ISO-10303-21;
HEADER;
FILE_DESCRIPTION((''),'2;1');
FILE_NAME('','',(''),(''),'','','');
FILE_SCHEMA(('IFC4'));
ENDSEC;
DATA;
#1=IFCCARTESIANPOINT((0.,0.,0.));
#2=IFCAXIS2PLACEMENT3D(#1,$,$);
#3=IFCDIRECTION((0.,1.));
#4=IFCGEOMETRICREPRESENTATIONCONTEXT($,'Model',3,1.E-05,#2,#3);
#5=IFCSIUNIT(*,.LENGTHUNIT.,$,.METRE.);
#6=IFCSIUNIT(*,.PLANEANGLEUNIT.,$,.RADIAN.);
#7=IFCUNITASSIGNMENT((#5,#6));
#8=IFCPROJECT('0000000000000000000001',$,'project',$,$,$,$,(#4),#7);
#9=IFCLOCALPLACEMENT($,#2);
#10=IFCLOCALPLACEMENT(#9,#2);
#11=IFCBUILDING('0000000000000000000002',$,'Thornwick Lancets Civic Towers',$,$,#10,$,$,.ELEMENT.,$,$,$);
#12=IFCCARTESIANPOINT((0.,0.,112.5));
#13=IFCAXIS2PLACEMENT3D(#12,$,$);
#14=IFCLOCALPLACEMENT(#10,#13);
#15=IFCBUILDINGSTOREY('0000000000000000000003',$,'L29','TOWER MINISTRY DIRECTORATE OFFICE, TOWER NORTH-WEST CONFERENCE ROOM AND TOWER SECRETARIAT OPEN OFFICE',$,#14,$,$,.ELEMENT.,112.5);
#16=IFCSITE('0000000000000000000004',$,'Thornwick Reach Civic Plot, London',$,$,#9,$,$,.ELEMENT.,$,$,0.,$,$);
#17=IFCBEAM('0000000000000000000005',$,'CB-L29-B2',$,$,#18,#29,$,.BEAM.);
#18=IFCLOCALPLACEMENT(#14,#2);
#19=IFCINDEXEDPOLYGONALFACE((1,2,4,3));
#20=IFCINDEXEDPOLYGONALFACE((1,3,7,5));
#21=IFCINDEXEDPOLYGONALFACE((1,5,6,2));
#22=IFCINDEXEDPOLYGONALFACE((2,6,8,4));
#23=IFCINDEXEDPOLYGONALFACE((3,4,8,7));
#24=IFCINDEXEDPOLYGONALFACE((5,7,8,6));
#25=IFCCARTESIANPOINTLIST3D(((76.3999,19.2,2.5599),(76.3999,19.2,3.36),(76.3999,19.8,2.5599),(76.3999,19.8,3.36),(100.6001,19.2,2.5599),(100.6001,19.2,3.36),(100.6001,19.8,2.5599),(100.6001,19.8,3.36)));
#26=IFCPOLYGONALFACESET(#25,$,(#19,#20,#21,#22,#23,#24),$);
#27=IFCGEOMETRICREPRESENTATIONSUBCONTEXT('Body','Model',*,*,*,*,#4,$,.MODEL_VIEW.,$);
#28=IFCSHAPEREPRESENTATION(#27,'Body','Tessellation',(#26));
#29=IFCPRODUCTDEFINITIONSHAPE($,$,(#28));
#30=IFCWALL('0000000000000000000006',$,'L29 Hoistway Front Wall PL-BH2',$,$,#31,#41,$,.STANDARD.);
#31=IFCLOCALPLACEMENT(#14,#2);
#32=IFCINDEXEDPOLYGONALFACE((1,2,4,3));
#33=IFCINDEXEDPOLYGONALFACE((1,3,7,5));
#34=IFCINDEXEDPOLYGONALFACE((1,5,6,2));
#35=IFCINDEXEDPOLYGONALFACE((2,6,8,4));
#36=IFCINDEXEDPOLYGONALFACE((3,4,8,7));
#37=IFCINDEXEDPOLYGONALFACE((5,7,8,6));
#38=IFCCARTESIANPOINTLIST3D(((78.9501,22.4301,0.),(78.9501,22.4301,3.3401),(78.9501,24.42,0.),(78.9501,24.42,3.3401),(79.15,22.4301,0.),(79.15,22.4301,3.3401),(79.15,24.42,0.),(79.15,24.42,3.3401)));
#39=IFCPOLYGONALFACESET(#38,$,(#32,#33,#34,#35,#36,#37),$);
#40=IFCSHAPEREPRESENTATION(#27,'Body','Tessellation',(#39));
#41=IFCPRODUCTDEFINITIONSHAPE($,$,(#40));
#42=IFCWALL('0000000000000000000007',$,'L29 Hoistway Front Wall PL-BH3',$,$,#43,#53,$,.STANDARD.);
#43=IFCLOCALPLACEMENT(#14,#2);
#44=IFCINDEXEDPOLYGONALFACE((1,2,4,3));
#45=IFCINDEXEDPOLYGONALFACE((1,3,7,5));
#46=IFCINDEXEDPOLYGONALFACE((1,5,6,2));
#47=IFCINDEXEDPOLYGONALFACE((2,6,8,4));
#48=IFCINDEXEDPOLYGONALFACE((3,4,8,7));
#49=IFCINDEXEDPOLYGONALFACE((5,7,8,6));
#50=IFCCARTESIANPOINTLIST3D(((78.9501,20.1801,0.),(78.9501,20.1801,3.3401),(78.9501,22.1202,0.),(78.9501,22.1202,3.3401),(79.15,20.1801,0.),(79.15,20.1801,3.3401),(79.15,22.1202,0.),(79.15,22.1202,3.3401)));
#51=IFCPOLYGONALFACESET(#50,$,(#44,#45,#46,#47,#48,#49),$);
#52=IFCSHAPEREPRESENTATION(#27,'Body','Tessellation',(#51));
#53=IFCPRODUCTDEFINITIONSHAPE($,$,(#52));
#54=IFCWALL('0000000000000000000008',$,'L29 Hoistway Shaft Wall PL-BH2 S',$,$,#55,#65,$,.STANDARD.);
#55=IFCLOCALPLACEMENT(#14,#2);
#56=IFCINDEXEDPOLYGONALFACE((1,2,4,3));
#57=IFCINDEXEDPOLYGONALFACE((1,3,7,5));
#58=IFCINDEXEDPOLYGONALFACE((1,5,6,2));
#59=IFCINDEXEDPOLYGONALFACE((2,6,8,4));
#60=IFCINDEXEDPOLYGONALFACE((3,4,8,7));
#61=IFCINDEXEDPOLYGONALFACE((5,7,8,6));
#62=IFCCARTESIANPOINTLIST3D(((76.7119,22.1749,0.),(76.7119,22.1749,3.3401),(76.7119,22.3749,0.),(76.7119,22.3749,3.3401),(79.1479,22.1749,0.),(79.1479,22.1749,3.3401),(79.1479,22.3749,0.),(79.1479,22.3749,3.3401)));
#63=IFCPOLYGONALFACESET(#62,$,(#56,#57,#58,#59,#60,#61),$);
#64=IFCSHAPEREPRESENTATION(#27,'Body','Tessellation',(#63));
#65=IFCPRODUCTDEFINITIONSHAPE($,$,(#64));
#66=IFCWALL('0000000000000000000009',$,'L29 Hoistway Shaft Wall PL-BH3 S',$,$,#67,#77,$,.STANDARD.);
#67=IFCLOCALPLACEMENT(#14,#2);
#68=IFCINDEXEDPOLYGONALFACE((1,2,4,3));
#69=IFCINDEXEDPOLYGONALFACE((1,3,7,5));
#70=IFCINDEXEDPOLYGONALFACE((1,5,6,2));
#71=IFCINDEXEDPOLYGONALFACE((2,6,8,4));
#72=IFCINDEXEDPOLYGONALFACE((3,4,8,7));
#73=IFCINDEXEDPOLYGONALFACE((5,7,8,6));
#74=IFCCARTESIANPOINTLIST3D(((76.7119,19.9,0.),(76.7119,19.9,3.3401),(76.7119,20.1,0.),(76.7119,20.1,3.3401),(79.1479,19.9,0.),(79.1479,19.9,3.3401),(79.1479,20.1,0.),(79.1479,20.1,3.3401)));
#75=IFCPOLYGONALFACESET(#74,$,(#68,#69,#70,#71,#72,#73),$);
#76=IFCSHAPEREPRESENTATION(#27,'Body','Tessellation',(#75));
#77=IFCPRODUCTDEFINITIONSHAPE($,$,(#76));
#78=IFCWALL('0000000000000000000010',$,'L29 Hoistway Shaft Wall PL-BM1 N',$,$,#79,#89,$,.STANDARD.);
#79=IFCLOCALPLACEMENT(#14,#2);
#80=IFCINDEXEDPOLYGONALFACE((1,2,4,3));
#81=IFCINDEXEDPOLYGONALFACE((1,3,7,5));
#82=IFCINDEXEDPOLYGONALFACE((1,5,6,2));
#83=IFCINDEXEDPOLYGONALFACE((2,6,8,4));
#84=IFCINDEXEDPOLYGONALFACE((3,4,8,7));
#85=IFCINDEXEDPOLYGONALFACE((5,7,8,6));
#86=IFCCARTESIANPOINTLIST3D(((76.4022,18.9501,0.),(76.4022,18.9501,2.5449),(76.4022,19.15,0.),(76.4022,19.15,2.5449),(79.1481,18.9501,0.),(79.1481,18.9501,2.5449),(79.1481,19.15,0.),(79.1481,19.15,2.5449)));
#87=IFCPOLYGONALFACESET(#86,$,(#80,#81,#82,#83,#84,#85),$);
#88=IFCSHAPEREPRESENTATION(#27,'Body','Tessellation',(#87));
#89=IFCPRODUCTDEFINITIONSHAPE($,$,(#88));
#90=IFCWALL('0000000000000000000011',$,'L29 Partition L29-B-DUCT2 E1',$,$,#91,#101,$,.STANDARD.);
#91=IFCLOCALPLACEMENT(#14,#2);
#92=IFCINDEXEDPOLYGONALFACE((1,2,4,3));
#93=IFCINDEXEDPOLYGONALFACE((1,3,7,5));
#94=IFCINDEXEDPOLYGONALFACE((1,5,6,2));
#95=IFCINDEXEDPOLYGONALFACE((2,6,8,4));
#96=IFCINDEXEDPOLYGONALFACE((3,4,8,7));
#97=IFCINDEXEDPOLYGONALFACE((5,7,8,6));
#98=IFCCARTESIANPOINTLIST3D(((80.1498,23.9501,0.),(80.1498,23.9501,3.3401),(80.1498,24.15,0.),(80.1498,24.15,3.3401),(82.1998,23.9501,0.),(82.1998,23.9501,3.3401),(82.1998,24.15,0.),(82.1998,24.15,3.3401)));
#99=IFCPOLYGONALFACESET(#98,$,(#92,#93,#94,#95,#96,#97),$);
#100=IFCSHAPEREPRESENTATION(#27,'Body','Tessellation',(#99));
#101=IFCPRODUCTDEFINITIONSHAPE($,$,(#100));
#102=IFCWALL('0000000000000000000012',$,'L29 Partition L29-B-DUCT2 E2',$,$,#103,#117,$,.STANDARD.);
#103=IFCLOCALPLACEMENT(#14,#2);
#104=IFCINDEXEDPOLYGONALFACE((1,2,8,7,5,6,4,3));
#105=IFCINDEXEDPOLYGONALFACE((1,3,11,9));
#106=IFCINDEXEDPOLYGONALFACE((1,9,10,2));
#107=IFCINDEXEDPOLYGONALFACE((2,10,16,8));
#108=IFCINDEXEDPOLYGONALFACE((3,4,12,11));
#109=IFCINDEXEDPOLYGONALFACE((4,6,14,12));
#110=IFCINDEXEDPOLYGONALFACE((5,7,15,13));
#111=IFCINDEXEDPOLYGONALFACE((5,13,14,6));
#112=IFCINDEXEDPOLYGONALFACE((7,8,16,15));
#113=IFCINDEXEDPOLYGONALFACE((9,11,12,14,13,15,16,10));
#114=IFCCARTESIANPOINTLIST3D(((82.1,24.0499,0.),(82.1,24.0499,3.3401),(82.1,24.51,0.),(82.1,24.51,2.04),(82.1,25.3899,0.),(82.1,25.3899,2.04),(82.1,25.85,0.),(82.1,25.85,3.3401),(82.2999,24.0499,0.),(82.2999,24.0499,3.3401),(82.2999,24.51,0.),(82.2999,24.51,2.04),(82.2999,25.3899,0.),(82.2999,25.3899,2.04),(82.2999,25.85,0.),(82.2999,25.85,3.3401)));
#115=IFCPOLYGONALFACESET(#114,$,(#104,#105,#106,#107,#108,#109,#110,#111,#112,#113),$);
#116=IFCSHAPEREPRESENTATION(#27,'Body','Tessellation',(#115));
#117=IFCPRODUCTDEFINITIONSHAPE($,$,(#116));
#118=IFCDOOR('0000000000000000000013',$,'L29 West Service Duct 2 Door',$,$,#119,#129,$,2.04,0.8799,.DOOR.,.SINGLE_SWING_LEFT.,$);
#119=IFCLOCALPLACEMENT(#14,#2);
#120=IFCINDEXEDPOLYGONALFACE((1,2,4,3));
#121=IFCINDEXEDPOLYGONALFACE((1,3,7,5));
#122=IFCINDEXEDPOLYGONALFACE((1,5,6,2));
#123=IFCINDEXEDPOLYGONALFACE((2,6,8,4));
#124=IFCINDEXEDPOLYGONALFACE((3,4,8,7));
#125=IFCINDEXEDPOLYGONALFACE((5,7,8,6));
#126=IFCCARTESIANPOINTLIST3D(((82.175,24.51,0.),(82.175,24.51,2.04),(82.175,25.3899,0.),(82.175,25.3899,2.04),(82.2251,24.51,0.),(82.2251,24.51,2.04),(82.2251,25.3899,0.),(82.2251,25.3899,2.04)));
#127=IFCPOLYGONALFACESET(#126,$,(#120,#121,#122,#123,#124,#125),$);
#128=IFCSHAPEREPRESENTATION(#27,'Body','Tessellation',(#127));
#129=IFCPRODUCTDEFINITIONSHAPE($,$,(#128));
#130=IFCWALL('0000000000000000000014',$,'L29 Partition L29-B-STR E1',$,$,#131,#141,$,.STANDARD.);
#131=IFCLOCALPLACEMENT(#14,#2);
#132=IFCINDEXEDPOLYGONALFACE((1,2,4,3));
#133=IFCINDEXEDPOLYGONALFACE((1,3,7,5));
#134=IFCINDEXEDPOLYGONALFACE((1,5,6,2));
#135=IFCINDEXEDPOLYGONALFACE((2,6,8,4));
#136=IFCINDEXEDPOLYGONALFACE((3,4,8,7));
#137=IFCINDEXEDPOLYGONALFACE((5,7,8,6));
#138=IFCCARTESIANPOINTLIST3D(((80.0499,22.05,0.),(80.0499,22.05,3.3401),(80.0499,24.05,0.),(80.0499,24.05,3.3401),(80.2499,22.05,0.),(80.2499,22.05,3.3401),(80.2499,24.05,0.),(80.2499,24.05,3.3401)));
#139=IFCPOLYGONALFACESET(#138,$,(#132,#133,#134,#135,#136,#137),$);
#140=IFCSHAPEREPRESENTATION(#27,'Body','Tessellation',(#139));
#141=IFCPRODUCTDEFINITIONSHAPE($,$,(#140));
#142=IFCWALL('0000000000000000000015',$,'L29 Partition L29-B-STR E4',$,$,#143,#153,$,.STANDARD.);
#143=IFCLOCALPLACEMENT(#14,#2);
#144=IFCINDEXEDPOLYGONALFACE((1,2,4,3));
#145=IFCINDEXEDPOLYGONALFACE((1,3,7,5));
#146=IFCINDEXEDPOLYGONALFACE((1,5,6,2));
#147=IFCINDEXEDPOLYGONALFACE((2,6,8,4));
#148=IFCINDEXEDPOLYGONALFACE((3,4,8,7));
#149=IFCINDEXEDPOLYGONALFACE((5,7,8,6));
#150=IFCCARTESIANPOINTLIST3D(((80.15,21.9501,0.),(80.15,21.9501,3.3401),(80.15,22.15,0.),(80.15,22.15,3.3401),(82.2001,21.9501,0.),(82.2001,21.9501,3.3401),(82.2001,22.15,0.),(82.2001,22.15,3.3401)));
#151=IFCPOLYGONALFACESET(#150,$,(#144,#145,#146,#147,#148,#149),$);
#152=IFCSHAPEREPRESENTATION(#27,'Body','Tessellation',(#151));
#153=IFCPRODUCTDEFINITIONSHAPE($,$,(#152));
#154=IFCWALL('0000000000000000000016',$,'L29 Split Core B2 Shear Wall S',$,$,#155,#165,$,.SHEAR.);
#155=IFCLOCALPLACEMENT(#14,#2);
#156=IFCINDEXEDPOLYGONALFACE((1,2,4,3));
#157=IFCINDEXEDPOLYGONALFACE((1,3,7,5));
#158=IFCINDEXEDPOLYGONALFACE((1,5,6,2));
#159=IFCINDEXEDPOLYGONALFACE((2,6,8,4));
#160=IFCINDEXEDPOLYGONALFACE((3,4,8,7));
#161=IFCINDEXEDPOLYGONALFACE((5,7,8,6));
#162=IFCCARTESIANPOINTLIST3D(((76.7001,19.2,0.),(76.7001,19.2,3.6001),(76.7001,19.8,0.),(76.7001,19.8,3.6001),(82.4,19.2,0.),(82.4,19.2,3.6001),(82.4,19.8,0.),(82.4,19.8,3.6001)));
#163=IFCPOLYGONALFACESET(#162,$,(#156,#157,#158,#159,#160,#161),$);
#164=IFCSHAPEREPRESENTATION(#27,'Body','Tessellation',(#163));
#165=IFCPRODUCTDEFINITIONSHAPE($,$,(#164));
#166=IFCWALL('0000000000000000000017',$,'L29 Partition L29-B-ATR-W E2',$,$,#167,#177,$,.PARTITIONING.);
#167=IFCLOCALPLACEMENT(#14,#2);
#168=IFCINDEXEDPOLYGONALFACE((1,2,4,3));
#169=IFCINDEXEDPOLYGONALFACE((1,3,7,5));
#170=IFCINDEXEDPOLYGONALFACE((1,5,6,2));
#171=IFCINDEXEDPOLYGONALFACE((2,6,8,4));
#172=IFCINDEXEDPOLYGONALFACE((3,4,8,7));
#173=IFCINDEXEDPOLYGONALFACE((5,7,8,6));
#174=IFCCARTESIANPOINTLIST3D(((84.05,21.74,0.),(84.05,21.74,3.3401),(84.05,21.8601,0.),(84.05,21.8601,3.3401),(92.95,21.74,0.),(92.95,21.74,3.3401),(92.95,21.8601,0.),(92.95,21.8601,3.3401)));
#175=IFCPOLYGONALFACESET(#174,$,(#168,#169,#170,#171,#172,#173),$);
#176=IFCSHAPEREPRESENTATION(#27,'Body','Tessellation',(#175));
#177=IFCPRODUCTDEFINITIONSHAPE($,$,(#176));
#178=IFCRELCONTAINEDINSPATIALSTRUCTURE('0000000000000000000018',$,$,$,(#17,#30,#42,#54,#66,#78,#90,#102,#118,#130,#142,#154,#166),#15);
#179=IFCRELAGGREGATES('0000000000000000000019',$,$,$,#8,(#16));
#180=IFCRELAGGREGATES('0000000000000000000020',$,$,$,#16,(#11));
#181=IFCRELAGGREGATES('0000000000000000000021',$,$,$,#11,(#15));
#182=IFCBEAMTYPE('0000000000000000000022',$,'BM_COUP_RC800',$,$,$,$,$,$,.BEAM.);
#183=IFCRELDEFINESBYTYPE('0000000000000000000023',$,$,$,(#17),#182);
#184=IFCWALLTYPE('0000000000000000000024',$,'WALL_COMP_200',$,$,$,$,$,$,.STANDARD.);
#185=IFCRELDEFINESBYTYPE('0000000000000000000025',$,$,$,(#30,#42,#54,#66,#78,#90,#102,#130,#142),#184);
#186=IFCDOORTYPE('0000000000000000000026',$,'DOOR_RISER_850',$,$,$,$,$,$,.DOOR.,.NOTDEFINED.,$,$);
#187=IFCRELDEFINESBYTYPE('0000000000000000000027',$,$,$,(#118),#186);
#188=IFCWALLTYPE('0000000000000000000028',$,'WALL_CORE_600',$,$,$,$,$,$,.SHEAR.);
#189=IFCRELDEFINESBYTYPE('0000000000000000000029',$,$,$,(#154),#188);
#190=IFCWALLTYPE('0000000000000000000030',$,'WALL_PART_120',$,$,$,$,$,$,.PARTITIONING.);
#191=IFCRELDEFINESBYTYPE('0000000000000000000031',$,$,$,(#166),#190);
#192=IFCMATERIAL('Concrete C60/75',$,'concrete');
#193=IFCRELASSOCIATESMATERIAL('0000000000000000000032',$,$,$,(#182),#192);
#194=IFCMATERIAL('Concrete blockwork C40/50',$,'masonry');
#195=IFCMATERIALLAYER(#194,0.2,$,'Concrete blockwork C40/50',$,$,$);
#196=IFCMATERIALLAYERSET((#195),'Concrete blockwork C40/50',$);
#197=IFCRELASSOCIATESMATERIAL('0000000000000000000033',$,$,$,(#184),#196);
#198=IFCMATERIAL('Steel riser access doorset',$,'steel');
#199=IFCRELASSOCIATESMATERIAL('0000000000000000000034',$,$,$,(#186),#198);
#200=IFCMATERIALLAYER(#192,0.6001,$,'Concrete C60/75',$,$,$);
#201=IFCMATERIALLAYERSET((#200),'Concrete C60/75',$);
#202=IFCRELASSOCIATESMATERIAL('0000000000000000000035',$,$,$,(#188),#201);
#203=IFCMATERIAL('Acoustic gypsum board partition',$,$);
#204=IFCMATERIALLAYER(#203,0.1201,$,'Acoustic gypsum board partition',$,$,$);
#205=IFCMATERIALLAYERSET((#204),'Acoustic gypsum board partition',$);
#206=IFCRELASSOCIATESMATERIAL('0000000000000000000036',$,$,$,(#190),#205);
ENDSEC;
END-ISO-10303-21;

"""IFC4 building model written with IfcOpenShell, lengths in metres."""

from ifc_helpers import new_model, si_unit, direction, frame, frame_2d, origin, origin_2d, place, context, subcontext, project, spatial, rectangle, extrude, material, layer, layer_set, material_profile, profile_set, type_object, element, fill, save


model = new_model("IFC4")

# Units and contexts
model_context = context("Model", 3, precision=1e-05, world=origin(), true_north=direction((0.0, 1.0)))
body_context = subcontext(model_context, "Body", "Model", "MODEL_VIEW")
ifc_project = project(units=[si_unit("LENGTHUNIT", "METRE"), si_unit("PLANEANGLEUNIT", "RADIAN")], contexts=[model_context])

# Site, building, storey
site_placement = place(None, origin())
site = spatial("IfcSite", under=ifc_project, at=site_placement, Name="Thornwick Reach Civic Plot, London", CompositionType="ELEMENT", RefElevation=0.0)
building_placement = place(site_placement, origin())
building = spatial("IfcBuilding", under=site, at=building_placement, Name="Thornwick Lancets Civic Towers", CompositionType="ELEMENT")
storey_placement = place(building_placement, frame((0.0, 0.0, 112.5)))
storey = spatial("IfcBuildingStorey", under=building, at=storey_placement, Name="L29", Description="TOWER MINISTRY DIRECTORATE OFFICE, TOWER NORTH-WEST CONFERENCE ROOM AND TOWER SECRETARIAT OPEN OFFICE", CompositionType="ELEMENT", Elevation=112.5)

# Beam
ifc_material_1 = material(Name="Concrete C60/75", Category="concrete")
ifc_material_profile = material_profile(ifc_material_1, rectangle(XDim=0.6001, YDim=0.8, at=origin_2d()), Name="RC 600x800")
ifc_profile_set = profile_set([ifc_material_profile], Name="Concrete C60/75")
beam_type = type_object("IfcBeamType", Name="BM_COUP_RC800", PredefinedType="BEAM", material=ifc_profile_set)
beam_placement = place(storey_placement, frame((76.3999, 19.5, 2.96), z_axis=(1.0, 0.0, 0.0), x_axis=(0.0, 1.0, 0.0)))
element("IfcBeam", 1, at=beam_placement, inside=storey, type_object=beam_type, Name="CB-L29-B2", PredefinedType="BEAM", context=body_context, shape_type="SweptSolid", body=[
    extrude(rectangle(XDim=0.6001, YDim=0.8, at=origin_2d()), origin(), (0.0, 0.0, 1.0), 24.2002),
])

# Walls
ifc_material_2 = material(Name="Concrete blockwork C40/50", Category="masonry")
ifc_layer_1 = layer(ifc_material_2, 0.2, Name="Concrete blockwork C40/50")
ifc_layer_set_1 = layer_set([ifc_layer_1], Name="Concrete blockwork C40/50")
wall_type_1 = type_object("IfcWallType", Name="WALL_COMP_200", PredefinedType="STANDARD", material=ifc_layer_set_1)
wall_1_placement = place(storey_placement, frame((79.05, 22.4299, 0.0), z_axis=(0.0, 0.0, 1.0), x_axis=(0.0, 1.0, 0.0)))
element("IfcWall", 2, at=wall_1_placement, inside=storey, type_object=wall_type_1, Name="L29 Hoistway Front Wall PL-BH2", PredefinedType="STANDARD", context=body_context, shape_type="SweptSolid", body=[
    extrude(rectangle(XDim=1.99, YDim=0.2, at=frame_2d((0.9951, 0.0))), origin(), (0.0, 0.0, 1.0), 3.3401),
])
wall_2_placement = place(storey_placement, frame((79.05, 20.1799, 0.0), z_axis=(0.0, 0.0, 1.0), x_axis=(0.0, 1.0, 0.0)))
element("IfcWall", 3, at=wall_2_placement, inside=storey, type_object=wall_type_1, Name="L29 Hoistway Front Wall PL-BH3", PredefinedType="STANDARD", context=body_context, shape_type="SweptSolid", body=[
    extrude(rectangle(XDim=1.9402, YDim=0.2, at=frame_2d((0.9702, 0.0))), origin(), (0.0, 0.0, 1.0), 3.3401),
])
for number, where, z_axis, x_axis, name in (
    (4, (76.7119, 22.2749, 0.0), (0.0, 0.0, 1.0), (1.0, 0.0, 0.0), "L29 Hoistway Shaft Wall PL-BH2 S"),
    (5, (76.7119, 20.0, 0.0), (0.0, 0.0, 1.0), (1.0, 0.0, 0.0), "L29 Hoistway Shaft Wall PL-BH3 S"),
):
    element("IfcWall", number, at=place(storey_placement, frame(where, z_axis=z_axis, x_axis=x_axis)), inside=storey, type_object=wall_type_1, Name=name, PredefinedType="STANDARD", context=body_context, shape_type="SweptSolid", body=[
        extrude(rectangle(XDim=2.436, YDim=0.2, at=frame_2d((1.218, 0.0))), origin(), (0.0, 0.0, 1.0), 3.3401),
    ])
wall_3_placement = place(storey_placement, frame((76.4021, 19.05, 0.0), z_axis=(0.0, 0.0, 1.0), x_axis=(1.0, 0.0, 0.0)))
element("IfcWall", 6, at=wall_3_placement, inside=storey, type_object=wall_type_1, Name="L29 Hoistway Shaft Wall PL-BM1 N", PredefinedType="STANDARD", context=body_context, shape_type="SweptSolid", body=[
    extrude(rectangle(XDim=2.7458, YDim=0.2, at=frame_2d((1.373, 0.0))), origin(), (0.0, 0.0, 1.0), 2.5449),
])
wall_4_placement = place(storey_placement, frame((80.1499, 24.05, 0.0), z_axis=(0.0, 0.0, 1.0), x_axis=(1.0, 0.0, 0.0)))
element("IfcWall", 7, at=wall_4_placement, inside=storey, type_object=wall_type_1, Name="L29 Partition L29-B-DUCT2 E1", PredefinedType="STANDARD", context=body_context, shape_type="SweptSolid", body=[
    extrude(rectangle(XDim=2.05, YDim=0.2, at=frame_2d((1.0249, 0.0))), origin(), (0.0, 0.0, 1.0), 3.3401),
])

# Wall, opening, door
wall_5_placement = place(storey_placement, frame((82.2, 24.05, 0.0), z_axis=(0.0, 0.0, 1.0), x_axis=(0.0, 1.0, 0.0)))
wall_5 = element("IfcWall", 8, at=wall_5_placement, inside=storey, type_object=wall_type_1, Name="L29 Partition L29-B-DUCT2 E2", PredefinedType="STANDARD", context=body_context, shape_type="SweptSolid", body=[
    extrude(rectangle(XDim=1.8, YDim=0.2, at=frame_2d((0.8999, 0.0))), origin(), (0.0, 0.0, 1.0), 3.3401),
])
opening_1_placement = place(wall_5_placement, frame((0.46, 0.0, 0.0)))
opening_1 = element("IfcOpeningElement", 9, at=opening_1_placement, cuts=wall_5, PredefinedType="OPENING", context=body_context, shape_type="SweptSolid", body=[
    extrude(rectangle(XDim=0.8799, YDim=2.04, at=frame_2d((0.4399, 1.02))), frame((0.0, 0.1099, 0.0), z_axis=(0.0, -1.0, 0.0), x_axis=(1.0, 0.0, 0.0)), (0.0, 0.0, 1.0), 0.22),
])
ifc_material_3 = material(Name="Steel riser access doorset", Category="steel")
door_type_1 = type_object("IfcDoorType", Name="DOOR_RISER_850", OperationType="NOTDEFINED", PredefinedType="DOOR", material=ifc_material_3)
door_1_placement = place(opening_1_placement, origin())
door_1 = element("IfcDoor", 10, at=door_1_placement, inside=storey, type_object=door_type_1, Name="L29 West Service Duct 2 Door", OperationType="SINGLE_SWING_LEFT", OverallHeight=2.04, OverallWidth=0.8799, PredefinedType="DOOR", context=body_context, shape_type="SweptSolid", body=[
    extrude(rectangle(XDim=0.8799, YDim=2.04, at=frame_2d((0.4399, 1.02))), frame((0.0, 0.0249, 0.0), z_axis=(0.0, -1.0, 0.0), x_axis=(1.0, 0.0, 0.0)), (0.0, 0.0, 1.0), 0.05),
])
fill(opening_1, door_1)

# Walls
wall_6_placement = place(storey_placement, frame((80.1499, 22.05, 0.0), z_axis=(0.0, 0.0, 1.0), x_axis=(0.0, 1.0, 0.0)))
element("IfcWall", 11, at=wall_6_placement, inside=storey, type_object=wall_type_1, Name="L29 Partition L29-B-STR E1", PredefinedType="STANDARD", context=body_context, shape_type="SweptSolid", body=[
    extrude(rectangle(XDim=2.0, YDim=0.2, at=frame_2d((1.0, 0.0))), origin(), (0.0, 0.0, 1.0), 3.3401),
])
wall_7_placement = place(storey_placement, frame((82.2, 22.05, 0.0), z_axis=(0.0, 0.0, 1.0), x_axis=(-1.0, 0.0, 0.0)))
element("IfcWall", 12, at=wall_7_placement, inside=storey, type_object=wall_type_1, Name="L29 Partition L29-B-STR E4", PredefinedType="STANDARD", context=body_context, shape_type="SweptSolid", body=[
    extrude(rectangle(XDim=2.05, YDim=0.2, at=frame_2d((1.0249, 0.0))), origin(), (0.0, 0.0, 1.0), 3.3401),
])
ifc_layer_2 = layer(ifc_material_1, 0.6001, Name="Concrete C60/75")
ifc_layer_set_2 = layer_set([ifc_layer_2], Name="Concrete C60/75")
wall_type_2 = type_object("IfcWallType", Name="WALL_CORE_600", PredefinedType="SHEAR", material=ifc_layer_set_2)
wall_8_placement = place(storey_placement, frame((76.7, 19.5, 0.0), z_axis=(0.0, 0.0, 1.0), x_axis=(1.0, 0.0, 0.0)))
element("IfcWall", 13, at=wall_8_placement, inside=storey, type_object=wall_type_2, Name="L29 Split Core B2 Shear Wall S", PredefinedType="SHEAR", context=body_context, shape_type="SweptSolid", body=[
    extrude(rectangle(XDim=5.7, YDim=0.6001, at=frame_2d((2.8501, 0.0))), origin(), (0.0, 0.0, 1.0), 3.6001),
])
ifc_material_4 = material(Name="Acoustic gypsum board partition")
ifc_layer_3 = layer(ifc_material_4, 0.1201, Name="Acoustic gypsum board partition")
ifc_layer_set_3 = layer_set([ifc_layer_3], Name="Acoustic gypsum board partition")
wall_type_3 = type_object("IfcWallType", Name="WALL_PART_120", PredefinedType="PARTITIONING", material=ifc_layer_set_3)
wall_9_placement = place(storey_placement, frame((84.05, 21.8, 0.0), z_axis=(0.0, 0.0, 1.0), x_axis=(1.0, 0.0, 0.0)))
element("IfcWall", 14, at=wall_9_placement, inside=storey, type_object=wall_type_3, Name="L29 Partition L29-B-ATR-W E2", PredefinedType="PARTITIONING", context=body_context, shape_type="SweptSolid", body=[
    extrude(rectangle(XDim=8.8999, YDim=0.1201, at=frame_2d((4.45, 0.0))), origin(), (0.0, 0.0, 1.0), 3.3401),
])

save(model, "model.ifc")
